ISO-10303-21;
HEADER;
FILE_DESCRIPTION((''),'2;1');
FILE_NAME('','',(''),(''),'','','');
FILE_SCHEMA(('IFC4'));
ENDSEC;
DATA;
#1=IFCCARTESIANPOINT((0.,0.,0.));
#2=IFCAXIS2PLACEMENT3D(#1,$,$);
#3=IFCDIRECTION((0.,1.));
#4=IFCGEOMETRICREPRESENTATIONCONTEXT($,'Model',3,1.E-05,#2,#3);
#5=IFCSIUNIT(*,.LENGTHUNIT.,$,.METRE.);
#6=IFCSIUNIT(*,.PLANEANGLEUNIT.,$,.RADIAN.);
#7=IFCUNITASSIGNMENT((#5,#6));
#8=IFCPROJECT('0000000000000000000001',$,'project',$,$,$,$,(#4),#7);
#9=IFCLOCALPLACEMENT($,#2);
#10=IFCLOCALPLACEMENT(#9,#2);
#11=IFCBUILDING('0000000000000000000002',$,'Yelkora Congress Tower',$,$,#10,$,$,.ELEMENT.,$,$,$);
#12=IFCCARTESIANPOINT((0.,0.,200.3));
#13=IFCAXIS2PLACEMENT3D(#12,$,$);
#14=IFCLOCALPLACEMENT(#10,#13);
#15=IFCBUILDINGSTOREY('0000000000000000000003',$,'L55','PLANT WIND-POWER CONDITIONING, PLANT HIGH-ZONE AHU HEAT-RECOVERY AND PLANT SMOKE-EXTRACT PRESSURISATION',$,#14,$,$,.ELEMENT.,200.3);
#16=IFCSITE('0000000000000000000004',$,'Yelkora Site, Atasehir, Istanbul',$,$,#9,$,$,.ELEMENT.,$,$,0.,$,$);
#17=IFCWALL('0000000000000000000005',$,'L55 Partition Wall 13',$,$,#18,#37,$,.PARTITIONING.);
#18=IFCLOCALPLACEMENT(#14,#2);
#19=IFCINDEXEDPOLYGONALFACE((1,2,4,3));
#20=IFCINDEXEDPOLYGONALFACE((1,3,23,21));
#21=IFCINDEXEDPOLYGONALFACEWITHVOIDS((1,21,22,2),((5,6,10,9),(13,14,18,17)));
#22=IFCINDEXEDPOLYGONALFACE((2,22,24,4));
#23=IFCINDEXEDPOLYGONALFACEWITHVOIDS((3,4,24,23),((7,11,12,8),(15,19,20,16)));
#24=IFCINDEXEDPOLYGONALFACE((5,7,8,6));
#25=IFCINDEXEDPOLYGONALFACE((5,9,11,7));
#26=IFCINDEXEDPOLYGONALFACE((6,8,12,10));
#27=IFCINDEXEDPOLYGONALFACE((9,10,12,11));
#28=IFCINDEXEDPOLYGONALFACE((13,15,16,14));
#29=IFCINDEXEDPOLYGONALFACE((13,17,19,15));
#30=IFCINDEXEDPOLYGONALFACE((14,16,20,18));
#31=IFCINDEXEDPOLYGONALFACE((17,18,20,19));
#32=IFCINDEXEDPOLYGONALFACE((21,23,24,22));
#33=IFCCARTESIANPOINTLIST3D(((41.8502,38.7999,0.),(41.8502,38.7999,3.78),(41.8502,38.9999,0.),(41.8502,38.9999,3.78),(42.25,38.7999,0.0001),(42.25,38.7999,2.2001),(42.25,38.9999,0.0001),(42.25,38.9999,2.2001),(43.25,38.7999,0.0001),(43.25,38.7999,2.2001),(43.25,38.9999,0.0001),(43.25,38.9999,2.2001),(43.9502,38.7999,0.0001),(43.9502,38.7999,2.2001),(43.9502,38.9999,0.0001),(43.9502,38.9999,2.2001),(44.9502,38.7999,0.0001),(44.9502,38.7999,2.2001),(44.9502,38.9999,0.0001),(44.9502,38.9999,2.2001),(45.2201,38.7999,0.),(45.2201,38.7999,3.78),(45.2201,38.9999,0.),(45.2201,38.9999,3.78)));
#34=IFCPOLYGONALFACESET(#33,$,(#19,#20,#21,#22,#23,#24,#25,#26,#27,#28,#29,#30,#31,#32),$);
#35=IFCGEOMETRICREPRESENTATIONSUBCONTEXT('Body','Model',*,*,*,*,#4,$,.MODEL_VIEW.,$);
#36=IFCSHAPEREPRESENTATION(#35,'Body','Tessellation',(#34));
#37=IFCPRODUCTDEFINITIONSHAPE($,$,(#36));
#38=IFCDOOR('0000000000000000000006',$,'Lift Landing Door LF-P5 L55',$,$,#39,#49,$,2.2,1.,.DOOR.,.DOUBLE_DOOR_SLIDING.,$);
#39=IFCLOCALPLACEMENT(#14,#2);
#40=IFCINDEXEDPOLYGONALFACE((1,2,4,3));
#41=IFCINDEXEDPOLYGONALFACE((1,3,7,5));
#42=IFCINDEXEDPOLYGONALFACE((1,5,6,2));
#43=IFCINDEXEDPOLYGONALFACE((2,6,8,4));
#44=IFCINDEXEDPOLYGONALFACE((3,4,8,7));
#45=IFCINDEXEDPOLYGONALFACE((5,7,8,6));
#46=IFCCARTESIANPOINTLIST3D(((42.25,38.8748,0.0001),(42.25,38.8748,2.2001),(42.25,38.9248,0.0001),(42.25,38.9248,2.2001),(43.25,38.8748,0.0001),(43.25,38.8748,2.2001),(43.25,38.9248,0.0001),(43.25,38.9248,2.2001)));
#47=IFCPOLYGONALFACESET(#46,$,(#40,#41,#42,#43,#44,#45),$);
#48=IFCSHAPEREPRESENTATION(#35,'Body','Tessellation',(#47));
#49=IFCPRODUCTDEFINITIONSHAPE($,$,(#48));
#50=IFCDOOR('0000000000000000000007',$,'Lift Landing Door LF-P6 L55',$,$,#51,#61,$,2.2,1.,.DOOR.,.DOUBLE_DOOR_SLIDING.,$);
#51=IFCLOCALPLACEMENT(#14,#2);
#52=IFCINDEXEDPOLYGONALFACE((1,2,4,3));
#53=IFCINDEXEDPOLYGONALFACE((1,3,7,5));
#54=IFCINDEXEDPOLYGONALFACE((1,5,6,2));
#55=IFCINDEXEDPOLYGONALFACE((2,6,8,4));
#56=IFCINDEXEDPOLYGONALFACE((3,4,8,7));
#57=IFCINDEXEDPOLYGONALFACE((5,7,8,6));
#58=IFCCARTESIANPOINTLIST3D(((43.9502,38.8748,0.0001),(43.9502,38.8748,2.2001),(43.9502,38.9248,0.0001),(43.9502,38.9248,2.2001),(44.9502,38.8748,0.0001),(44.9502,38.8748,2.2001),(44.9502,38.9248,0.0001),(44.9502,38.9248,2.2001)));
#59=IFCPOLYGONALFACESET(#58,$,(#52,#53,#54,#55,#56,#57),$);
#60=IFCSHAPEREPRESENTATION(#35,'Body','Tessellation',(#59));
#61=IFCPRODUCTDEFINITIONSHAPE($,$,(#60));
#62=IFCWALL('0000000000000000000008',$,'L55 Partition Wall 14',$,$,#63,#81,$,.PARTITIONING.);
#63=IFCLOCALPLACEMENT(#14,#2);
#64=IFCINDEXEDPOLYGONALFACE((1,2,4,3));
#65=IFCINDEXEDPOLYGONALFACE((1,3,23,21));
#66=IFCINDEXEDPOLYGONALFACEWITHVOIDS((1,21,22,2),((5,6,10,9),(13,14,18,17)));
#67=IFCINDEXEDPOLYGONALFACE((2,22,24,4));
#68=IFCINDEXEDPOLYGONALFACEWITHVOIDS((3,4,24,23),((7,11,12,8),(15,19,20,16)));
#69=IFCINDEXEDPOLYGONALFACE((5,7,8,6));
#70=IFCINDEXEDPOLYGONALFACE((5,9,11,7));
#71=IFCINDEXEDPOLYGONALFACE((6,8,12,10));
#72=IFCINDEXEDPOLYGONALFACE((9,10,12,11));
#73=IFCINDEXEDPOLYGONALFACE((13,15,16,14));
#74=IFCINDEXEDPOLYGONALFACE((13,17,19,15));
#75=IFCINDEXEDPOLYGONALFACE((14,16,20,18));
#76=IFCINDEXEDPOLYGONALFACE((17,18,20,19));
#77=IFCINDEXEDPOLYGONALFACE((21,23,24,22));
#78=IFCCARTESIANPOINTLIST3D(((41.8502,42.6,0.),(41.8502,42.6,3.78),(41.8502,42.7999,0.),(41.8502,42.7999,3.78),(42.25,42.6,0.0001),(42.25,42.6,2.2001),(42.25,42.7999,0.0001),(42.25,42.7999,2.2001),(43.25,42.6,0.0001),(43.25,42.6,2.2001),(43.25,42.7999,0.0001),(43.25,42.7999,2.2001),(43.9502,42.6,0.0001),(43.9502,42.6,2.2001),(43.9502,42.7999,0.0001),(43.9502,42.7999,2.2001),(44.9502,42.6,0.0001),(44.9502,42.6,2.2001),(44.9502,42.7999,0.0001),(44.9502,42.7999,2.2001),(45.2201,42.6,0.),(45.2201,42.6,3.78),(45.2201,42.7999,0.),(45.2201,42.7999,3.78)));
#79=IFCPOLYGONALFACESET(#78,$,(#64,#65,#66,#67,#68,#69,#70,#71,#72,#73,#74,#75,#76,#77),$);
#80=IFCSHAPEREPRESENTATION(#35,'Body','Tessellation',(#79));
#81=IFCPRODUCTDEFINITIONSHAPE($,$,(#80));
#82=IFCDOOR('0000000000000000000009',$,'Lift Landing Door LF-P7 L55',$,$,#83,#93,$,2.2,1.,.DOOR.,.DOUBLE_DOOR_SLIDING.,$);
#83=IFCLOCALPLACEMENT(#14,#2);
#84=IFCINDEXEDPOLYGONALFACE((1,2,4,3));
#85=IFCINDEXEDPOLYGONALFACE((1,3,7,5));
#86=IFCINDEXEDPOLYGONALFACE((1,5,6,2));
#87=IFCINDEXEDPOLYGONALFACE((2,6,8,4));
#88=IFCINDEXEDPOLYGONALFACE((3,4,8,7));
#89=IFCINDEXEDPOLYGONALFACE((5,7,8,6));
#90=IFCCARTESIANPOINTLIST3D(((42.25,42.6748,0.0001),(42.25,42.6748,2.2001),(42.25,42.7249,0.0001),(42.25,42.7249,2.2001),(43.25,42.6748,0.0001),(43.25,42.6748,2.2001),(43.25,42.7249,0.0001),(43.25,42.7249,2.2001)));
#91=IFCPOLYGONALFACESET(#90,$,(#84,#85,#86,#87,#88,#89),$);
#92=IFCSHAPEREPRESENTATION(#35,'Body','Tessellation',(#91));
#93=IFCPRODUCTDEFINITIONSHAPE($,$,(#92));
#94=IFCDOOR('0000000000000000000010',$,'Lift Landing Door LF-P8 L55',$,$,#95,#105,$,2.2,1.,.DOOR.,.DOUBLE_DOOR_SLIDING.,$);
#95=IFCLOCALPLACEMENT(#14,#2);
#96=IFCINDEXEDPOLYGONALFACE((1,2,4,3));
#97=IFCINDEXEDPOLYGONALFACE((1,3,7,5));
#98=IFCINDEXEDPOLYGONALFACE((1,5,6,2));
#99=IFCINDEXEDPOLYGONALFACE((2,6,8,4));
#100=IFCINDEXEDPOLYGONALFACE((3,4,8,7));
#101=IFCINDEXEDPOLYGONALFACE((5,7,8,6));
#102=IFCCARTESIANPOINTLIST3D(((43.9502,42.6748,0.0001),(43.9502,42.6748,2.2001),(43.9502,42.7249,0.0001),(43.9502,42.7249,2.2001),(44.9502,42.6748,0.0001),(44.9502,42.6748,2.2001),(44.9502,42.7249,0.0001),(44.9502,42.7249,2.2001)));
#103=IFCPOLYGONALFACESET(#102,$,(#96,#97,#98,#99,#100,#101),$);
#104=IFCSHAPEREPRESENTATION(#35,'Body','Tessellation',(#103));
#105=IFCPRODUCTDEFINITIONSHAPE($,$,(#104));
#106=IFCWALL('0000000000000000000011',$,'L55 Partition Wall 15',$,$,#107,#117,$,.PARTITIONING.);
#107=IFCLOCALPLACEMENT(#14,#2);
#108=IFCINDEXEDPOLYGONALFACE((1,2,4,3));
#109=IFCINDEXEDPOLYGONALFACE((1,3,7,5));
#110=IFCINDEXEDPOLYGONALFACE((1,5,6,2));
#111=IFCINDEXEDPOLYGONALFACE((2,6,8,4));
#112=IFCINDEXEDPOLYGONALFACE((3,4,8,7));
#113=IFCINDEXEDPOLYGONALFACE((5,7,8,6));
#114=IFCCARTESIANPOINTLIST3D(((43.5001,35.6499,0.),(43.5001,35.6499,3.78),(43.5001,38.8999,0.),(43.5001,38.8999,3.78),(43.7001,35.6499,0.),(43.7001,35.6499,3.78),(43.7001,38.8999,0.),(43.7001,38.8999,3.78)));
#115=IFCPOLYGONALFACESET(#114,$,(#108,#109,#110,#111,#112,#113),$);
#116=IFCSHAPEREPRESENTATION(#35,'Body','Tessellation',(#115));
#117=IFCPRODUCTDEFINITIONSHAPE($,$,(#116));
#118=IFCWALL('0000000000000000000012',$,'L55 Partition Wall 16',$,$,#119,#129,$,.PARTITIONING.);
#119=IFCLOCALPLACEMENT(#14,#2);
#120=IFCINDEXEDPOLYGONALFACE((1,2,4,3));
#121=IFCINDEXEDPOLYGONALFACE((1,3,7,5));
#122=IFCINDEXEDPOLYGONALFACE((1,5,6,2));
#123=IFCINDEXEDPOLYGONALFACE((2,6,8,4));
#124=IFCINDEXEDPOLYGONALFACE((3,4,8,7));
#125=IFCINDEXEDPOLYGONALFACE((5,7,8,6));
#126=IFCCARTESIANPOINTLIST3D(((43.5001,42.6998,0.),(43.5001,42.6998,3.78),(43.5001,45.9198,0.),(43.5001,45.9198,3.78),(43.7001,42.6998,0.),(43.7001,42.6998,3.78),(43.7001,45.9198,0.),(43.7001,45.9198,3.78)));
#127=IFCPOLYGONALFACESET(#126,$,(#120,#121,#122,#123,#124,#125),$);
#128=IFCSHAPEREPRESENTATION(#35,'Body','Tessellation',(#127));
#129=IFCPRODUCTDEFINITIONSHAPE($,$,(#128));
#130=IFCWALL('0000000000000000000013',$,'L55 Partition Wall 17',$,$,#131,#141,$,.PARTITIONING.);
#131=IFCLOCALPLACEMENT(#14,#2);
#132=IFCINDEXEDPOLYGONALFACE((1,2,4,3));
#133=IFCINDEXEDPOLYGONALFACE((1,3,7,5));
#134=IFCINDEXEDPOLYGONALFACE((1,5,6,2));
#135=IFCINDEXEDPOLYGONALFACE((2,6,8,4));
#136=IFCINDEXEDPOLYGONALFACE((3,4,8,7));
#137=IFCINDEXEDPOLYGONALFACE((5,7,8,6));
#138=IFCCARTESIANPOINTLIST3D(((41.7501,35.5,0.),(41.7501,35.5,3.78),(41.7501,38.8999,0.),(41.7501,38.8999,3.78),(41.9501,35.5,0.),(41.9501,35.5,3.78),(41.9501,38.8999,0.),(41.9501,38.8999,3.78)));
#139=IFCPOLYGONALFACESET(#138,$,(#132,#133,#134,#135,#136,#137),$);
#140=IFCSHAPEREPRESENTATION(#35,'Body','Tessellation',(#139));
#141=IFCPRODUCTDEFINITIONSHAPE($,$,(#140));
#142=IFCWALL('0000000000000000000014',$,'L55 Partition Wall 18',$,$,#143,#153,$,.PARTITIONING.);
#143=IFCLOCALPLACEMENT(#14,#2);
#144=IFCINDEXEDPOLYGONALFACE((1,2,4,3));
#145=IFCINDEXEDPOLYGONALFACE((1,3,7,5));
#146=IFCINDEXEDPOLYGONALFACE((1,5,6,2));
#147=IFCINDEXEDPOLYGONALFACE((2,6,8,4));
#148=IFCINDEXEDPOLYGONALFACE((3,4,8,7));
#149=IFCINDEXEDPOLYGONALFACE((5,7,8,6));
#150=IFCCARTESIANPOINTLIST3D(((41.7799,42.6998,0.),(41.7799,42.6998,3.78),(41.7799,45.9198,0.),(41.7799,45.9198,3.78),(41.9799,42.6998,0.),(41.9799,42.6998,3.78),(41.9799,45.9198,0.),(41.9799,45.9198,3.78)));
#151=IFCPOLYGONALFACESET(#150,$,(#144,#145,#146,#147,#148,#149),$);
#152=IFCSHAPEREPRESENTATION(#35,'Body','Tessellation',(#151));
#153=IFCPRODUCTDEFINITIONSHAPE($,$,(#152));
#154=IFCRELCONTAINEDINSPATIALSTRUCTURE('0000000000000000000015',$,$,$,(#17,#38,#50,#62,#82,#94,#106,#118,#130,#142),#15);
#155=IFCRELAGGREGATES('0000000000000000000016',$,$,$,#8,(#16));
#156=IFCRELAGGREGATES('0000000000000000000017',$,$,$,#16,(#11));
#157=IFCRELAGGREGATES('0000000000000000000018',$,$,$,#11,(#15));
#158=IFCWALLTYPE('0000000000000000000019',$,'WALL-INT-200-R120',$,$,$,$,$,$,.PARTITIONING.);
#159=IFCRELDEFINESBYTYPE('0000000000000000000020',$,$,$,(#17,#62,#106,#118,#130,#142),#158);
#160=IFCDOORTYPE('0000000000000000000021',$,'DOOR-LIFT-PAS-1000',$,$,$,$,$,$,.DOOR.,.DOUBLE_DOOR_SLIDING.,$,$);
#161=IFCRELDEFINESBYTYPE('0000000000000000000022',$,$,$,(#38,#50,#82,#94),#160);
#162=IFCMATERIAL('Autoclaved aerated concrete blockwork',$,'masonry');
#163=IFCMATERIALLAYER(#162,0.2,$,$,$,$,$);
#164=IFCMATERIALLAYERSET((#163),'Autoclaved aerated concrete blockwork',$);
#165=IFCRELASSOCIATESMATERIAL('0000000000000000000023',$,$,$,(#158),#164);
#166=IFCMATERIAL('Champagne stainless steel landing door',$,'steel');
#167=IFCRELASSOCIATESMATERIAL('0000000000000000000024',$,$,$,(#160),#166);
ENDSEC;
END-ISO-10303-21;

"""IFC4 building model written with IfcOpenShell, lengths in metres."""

from ifc_helpers import new_model, si_unit, direction, frame, frame_2d, origin, place, context, subcontext, project, spatial, rectangle, extrude, material, layer, layer_set, type_object, element, fill, save


model = new_model("IFC4")

# Units and contexts
model_context = context("Model", 3, precision=1e-05, world=origin(), true_north=direction((0.0, 1.0)))
body_context = subcontext(model_context, "Body", "Model", "MODEL_VIEW")
ifc_project = project(units=[si_unit("LENGTHUNIT", "METRE"), si_unit("PLANEANGLEUNIT", "RADIAN")], contexts=[model_context])

# Site, building, storey
site_placement = place(None, origin())
site = spatial("IfcSite", under=ifc_project, at=site_placement, Name="Yelkora Site, Atasehir, Istanbul", CompositionType="ELEMENT", RefElevation=0.0)
building_placement = place(site_placement, origin())
building = spatial("IfcBuilding", under=site, at=building_placement, Name="Yelkora Congress Tower", CompositionType="ELEMENT")
storey_placement = place(building_placement, frame((0.0, 0.0, 200.3)))
storey = spatial("IfcBuildingStorey", under=building, at=storey_placement, Name="L55", Description="PLANT WIND-POWER CONDITIONING, PLANT HIGH-ZONE AHU HEAT-RECOVERY AND PLANT SMOKE-EXTRACT PRESSURISATION", CompositionType="ELEMENT", Elevation=200.3)

# Shared definitions
ifc_material_1 = material(Name="Autoclaved aerated concrete blockwork", Category="masonry")
ifc_layer_1 = layer(ifc_material_1, 0.2)
ifc_layer_set_1 = layer_set([ifc_layer_1], Name="Autoclaved aerated concrete blockwork")
wall_type_1 = type_object("IfcWallType", Name="WALL-INT-200-R120", PredefinedType="PARTITIONING", material=ifc_layer_set_1)

# Walls, openings, doors
wall_1_placement = place(storey_placement, frame((41.8501, 38.8999, 0.0), z_axis=(0.0, 0.0, 1.0), x_axis=(1.0, 0.0, 0.0)))
wall_1 = element("IfcWall", 1, at=wall_1_placement, inside=storey, type_object=wall_type_1, Name="L55 Partition Wall 13", PredefinedType="PARTITIONING", context=body_context, shape_type="SweptSolid", body=[
    extrude(rectangle(XDim=3.3699, YDim=0.2, at=frame_2d((1.6851, 0.0))), origin(), (0.0, 0.0, 1.0), 3.78),
])
opening_1_placement = place(wall_1_placement, frame((0.3999, 0.0, 0.0)))
opening_1 = element("IfcOpeningElement", 2, at=opening_1_placement, cuts=wall_1, PredefinedType="OPENING", context=body_context, shape_type="SweptSolid", body=[
    extrude(rectangle(XDim=1.0, YDim=2.2, at=frame_2d((0.5, 1.1001))), frame((0.0, 0.1099, 0.0), z_axis=(0.0, -1.0, 0.0), x_axis=(1.0, 0.0, 0.0)), (0.0, 0.0, 1.0), 0.22),
])
opening_2_placement = place(wall_1_placement, frame((2.1001, 0.0, 0.0)))
opening_2 = element("IfcOpeningElement", 3, at=opening_2_placement, cuts=wall_1, PredefinedType="OPENING", context=body_context, shape_type="SweptSolid", body=[
    extrude(rectangle(XDim=1.0, YDim=2.2, at=frame_2d((0.5, 1.1001))), frame((0.0, 0.1099, 0.0), z_axis=(0.0, -1.0, 0.0), x_axis=(1.0, 0.0, 0.0)), (0.0, 0.0, 1.0), 0.22),
])
ifc_material_2 = material(Name="Champagne stainless steel landing door", Category="steel")
door_type_1 = type_object("IfcDoorType", Name="DOOR-LIFT-PAS-1000", OperationType="DOUBLE_DOOR_SLIDING", PredefinedType="DOOR", material=ifc_material_2)
door_1_placement = place(opening_1_placement, origin())
door_1 = element("IfcDoor", 4, at=door_1_placement, inside=storey, type_object=door_type_1, Name="Lift Landing Door LF-P5 L55", OperationType="DOUBLE_DOOR_SLIDING", OverallHeight=2.2, OverallWidth=1.0, PredefinedType="DOOR", context=body_context, shape_type="SweptSolid", body=[
    extrude(rectangle(XDim=1.0, YDim=2.2, at=frame_2d((0.5, 1.1001))), frame((0.0, 0.0249, 0.0), z_axis=(0.0, -1.0, 0.0), x_axis=(1.0, 0.0, 0.0)), (0.0, 0.0, 1.0), 0.05),
])
fill(opening_1, door_1)
door_2_placement = place(opening_2_placement, origin())
door_2 = element("IfcDoor", 5, at=door_2_placement, inside=storey, type_object=door_type_1, Name="Lift Landing Door LF-P6 L55", OperationType="DOUBLE_DOOR_SLIDING", OverallHeight=2.2, OverallWidth=1.0, PredefinedType="DOOR", context=body_context, shape_type="SweptSolid", body=[
    extrude(rectangle(XDim=1.0, YDim=2.2, at=frame_2d((0.5, 1.1001))), frame((0.0, 0.0249, 0.0), z_axis=(0.0, -1.0, 0.0), x_axis=(1.0, 0.0, 0.0)), (0.0, 0.0, 1.0), 0.05),
])
fill(opening_2, door_2)
wall_2_placement = place(storey_placement, frame((41.8501, 42.7, 0.0), z_axis=(0.0, 0.0, 1.0), x_axis=(1.0, 0.0, 0.0)))
wall_2 = element("IfcWall", 6, at=wall_2_placement, inside=storey, type_object=wall_type_1, Name="L55 Partition Wall 14", PredefinedType="PARTITIONING", context=body_context, shape_type="SweptSolid", body=[
    extrude(rectangle(XDim=3.3699, YDim=0.2, at=frame_2d((1.6851, 0.0))), origin(), (0.0, 0.0, 1.0), 3.78),
])
opening_3_placement = place(wall_2_placement, frame((0.3999, 0.0, 0.0)))
opening_3 = element("IfcOpeningElement", 7, at=opening_3_placement, cuts=wall_2, PredefinedType="OPENING", context=body_context, shape_type="SweptSolid", body=[
    extrude(rectangle(XDim=1.0, YDim=2.2, at=frame_2d((0.5, 1.1001))), frame((0.0, 0.1099, 0.0), z_axis=(0.0, -1.0, 0.0), x_axis=(1.0, 0.0, 0.0)), (0.0, 0.0, 1.0), 0.22),
])
opening_4_placement = place(wall_2_placement, frame((2.1001, 0.0, 0.0)))
opening_4 = element("IfcOpeningElement", 8, at=opening_4_placement, cuts=wall_2, PredefinedType="OPENING", context=body_context, shape_type="SweptSolid", body=[
    extrude(rectangle(XDim=1.0, YDim=2.2, at=frame_2d((0.5, 1.1001))), frame((0.0, 0.1099, 0.0), z_axis=(0.0, -1.0, 0.0), x_axis=(1.0, 0.0, 0.0)), (0.0, 0.0, 1.0), 0.22),
])
door_3_placement = place(opening_3_placement, origin())
door_3 = element("IfcDoor", 9, at=door_3_placement, inside=storey, type_object=door_type_1, Name="Lift Landing Door LF-P7 L55", OperationType="DOUBLE_DOOR_SLIDING", OverallHeight=2.2, OverallWidth=1.0, PredefinedType="DOOR", context=body_context, shape_type="SweptSolid", body=[
    extrude(rectangle(XDim=1.0, YDim=2.2, at=frame_2d((0.5, 1.1001))), frame((0.0, 0.0249, 0.0), z_axis=(0.0, -1.0, 0.0), x_axis=(1.0, 0.0, 0.0)), (0.0, 0.0, 1.0), 0.05),
])
fill(opening_3, door_3)
door_4_placement = place(opening_4_placement, origin())
door_4 = element("IfcDoor", 10, at=door_4_placement, inside=storey, type_object=door_type_1, Name="Lift Landing Door LF-P8 L55", OperationType="DOUBLE_DOOR_SLIDING", OverallHeight=2.2, OverallWidth=1.0, PredefinedType="DOOR", context=body_context, shape_type="SweptSolid", body=[
    extrude(rectangle(XDim=1.0, YDim=2.2, at=frame_2d((0.5, 1.1001))), frame((0.0, 0.0249, 0.0), z_axis=(0.0, -1.0, 0.0), x_axis=(1.0, 0.0, 0.0)), (0.0, 0.0, 1.0), 0.05),
])
fill(opening_4, door_4)

# Walls
wall_3_placement = place(storey_placement, frame((43.6001, 35.6499, 0.0), z_axis=(0.0, 0.0, 1.0), x_axis=(0.0, 1.0, 0.0)))
element("IfcWall", 11, at=wall_3_placement, inside=storey, type_object=wall_type_1, Name="L55 Partition Wall 15", PredefinedType="PARTITIONING", context=body_context, shape_type="SweptSolid", body=[
    extrude(rectangle(XDim=3.25, YDim=0.2, at=frame_2d((1.625, 0.0))), origin(), (0.0, 0.0, 1.0), 3.78),
])
wall_4_placement = place(storey_placement, frame((43.6001, 42.7, 0.0), z_axis=(0.0, 0.0, 1.0), x_axis=(0.0, 1.0, 0.0)))
element("IfcWall", 12, at=wall_4_placement, inside=storey, type_object=wall_type_1, Name="L55 Partition Wall 16", PredefinedType="PARTITIONING", context=body_context, shape_type="SweptSolid", body=[
    extrude(rectangle(XDim=3.22, YDim=0.2, at=frame_2d((1.6099, 0.0))), origin(), (0.0, 0.0, 1.0), 3.78),
])
wall_5_placement = place(storey_placement, frame((41.8501, 35.5, 0.0), z_axis=(0.0, 0.0, 1.0), x_axis=(0.0, 1.0, 0.0)))
element("IfcWall", 13, at=wall_5_placement, inside=storey, type_object=wall_type_1, Name="L55 Partition Wall 17", PredefinedType="PARTITIONING", context=body_context, shape_type="SweptSolid", body=[
    extrude(rectangle(XDim=3.3999, YDim=0.2, at=frame_2d((1.7, 0.0))), origin(), (0.0, 0.0, 1.0), 3.78),
])
wall_6_placement = place(storey_placement, frame((41.8799, 42.7, 0.0), z_axis=(0.0, 0.0, 1.0), x_axis=(0.0, 1.0, 0.0)))
element("IfcWall", 14, at=wall_6_placement, inside=storey, type_object=wall_type_1, Name="L55 Partition Wall 18", PredefinedType="PARTITIONING", context=body_context, shape_type="SweptSolid", body=[
    extrude(rectangle(XDim=3.22, YDim=0.2, at=frame_2d((1.6099, 0.0))), origin(), (0.0, 0.0, 1.0), 3.78),
])

save(model, "model.ifc")
